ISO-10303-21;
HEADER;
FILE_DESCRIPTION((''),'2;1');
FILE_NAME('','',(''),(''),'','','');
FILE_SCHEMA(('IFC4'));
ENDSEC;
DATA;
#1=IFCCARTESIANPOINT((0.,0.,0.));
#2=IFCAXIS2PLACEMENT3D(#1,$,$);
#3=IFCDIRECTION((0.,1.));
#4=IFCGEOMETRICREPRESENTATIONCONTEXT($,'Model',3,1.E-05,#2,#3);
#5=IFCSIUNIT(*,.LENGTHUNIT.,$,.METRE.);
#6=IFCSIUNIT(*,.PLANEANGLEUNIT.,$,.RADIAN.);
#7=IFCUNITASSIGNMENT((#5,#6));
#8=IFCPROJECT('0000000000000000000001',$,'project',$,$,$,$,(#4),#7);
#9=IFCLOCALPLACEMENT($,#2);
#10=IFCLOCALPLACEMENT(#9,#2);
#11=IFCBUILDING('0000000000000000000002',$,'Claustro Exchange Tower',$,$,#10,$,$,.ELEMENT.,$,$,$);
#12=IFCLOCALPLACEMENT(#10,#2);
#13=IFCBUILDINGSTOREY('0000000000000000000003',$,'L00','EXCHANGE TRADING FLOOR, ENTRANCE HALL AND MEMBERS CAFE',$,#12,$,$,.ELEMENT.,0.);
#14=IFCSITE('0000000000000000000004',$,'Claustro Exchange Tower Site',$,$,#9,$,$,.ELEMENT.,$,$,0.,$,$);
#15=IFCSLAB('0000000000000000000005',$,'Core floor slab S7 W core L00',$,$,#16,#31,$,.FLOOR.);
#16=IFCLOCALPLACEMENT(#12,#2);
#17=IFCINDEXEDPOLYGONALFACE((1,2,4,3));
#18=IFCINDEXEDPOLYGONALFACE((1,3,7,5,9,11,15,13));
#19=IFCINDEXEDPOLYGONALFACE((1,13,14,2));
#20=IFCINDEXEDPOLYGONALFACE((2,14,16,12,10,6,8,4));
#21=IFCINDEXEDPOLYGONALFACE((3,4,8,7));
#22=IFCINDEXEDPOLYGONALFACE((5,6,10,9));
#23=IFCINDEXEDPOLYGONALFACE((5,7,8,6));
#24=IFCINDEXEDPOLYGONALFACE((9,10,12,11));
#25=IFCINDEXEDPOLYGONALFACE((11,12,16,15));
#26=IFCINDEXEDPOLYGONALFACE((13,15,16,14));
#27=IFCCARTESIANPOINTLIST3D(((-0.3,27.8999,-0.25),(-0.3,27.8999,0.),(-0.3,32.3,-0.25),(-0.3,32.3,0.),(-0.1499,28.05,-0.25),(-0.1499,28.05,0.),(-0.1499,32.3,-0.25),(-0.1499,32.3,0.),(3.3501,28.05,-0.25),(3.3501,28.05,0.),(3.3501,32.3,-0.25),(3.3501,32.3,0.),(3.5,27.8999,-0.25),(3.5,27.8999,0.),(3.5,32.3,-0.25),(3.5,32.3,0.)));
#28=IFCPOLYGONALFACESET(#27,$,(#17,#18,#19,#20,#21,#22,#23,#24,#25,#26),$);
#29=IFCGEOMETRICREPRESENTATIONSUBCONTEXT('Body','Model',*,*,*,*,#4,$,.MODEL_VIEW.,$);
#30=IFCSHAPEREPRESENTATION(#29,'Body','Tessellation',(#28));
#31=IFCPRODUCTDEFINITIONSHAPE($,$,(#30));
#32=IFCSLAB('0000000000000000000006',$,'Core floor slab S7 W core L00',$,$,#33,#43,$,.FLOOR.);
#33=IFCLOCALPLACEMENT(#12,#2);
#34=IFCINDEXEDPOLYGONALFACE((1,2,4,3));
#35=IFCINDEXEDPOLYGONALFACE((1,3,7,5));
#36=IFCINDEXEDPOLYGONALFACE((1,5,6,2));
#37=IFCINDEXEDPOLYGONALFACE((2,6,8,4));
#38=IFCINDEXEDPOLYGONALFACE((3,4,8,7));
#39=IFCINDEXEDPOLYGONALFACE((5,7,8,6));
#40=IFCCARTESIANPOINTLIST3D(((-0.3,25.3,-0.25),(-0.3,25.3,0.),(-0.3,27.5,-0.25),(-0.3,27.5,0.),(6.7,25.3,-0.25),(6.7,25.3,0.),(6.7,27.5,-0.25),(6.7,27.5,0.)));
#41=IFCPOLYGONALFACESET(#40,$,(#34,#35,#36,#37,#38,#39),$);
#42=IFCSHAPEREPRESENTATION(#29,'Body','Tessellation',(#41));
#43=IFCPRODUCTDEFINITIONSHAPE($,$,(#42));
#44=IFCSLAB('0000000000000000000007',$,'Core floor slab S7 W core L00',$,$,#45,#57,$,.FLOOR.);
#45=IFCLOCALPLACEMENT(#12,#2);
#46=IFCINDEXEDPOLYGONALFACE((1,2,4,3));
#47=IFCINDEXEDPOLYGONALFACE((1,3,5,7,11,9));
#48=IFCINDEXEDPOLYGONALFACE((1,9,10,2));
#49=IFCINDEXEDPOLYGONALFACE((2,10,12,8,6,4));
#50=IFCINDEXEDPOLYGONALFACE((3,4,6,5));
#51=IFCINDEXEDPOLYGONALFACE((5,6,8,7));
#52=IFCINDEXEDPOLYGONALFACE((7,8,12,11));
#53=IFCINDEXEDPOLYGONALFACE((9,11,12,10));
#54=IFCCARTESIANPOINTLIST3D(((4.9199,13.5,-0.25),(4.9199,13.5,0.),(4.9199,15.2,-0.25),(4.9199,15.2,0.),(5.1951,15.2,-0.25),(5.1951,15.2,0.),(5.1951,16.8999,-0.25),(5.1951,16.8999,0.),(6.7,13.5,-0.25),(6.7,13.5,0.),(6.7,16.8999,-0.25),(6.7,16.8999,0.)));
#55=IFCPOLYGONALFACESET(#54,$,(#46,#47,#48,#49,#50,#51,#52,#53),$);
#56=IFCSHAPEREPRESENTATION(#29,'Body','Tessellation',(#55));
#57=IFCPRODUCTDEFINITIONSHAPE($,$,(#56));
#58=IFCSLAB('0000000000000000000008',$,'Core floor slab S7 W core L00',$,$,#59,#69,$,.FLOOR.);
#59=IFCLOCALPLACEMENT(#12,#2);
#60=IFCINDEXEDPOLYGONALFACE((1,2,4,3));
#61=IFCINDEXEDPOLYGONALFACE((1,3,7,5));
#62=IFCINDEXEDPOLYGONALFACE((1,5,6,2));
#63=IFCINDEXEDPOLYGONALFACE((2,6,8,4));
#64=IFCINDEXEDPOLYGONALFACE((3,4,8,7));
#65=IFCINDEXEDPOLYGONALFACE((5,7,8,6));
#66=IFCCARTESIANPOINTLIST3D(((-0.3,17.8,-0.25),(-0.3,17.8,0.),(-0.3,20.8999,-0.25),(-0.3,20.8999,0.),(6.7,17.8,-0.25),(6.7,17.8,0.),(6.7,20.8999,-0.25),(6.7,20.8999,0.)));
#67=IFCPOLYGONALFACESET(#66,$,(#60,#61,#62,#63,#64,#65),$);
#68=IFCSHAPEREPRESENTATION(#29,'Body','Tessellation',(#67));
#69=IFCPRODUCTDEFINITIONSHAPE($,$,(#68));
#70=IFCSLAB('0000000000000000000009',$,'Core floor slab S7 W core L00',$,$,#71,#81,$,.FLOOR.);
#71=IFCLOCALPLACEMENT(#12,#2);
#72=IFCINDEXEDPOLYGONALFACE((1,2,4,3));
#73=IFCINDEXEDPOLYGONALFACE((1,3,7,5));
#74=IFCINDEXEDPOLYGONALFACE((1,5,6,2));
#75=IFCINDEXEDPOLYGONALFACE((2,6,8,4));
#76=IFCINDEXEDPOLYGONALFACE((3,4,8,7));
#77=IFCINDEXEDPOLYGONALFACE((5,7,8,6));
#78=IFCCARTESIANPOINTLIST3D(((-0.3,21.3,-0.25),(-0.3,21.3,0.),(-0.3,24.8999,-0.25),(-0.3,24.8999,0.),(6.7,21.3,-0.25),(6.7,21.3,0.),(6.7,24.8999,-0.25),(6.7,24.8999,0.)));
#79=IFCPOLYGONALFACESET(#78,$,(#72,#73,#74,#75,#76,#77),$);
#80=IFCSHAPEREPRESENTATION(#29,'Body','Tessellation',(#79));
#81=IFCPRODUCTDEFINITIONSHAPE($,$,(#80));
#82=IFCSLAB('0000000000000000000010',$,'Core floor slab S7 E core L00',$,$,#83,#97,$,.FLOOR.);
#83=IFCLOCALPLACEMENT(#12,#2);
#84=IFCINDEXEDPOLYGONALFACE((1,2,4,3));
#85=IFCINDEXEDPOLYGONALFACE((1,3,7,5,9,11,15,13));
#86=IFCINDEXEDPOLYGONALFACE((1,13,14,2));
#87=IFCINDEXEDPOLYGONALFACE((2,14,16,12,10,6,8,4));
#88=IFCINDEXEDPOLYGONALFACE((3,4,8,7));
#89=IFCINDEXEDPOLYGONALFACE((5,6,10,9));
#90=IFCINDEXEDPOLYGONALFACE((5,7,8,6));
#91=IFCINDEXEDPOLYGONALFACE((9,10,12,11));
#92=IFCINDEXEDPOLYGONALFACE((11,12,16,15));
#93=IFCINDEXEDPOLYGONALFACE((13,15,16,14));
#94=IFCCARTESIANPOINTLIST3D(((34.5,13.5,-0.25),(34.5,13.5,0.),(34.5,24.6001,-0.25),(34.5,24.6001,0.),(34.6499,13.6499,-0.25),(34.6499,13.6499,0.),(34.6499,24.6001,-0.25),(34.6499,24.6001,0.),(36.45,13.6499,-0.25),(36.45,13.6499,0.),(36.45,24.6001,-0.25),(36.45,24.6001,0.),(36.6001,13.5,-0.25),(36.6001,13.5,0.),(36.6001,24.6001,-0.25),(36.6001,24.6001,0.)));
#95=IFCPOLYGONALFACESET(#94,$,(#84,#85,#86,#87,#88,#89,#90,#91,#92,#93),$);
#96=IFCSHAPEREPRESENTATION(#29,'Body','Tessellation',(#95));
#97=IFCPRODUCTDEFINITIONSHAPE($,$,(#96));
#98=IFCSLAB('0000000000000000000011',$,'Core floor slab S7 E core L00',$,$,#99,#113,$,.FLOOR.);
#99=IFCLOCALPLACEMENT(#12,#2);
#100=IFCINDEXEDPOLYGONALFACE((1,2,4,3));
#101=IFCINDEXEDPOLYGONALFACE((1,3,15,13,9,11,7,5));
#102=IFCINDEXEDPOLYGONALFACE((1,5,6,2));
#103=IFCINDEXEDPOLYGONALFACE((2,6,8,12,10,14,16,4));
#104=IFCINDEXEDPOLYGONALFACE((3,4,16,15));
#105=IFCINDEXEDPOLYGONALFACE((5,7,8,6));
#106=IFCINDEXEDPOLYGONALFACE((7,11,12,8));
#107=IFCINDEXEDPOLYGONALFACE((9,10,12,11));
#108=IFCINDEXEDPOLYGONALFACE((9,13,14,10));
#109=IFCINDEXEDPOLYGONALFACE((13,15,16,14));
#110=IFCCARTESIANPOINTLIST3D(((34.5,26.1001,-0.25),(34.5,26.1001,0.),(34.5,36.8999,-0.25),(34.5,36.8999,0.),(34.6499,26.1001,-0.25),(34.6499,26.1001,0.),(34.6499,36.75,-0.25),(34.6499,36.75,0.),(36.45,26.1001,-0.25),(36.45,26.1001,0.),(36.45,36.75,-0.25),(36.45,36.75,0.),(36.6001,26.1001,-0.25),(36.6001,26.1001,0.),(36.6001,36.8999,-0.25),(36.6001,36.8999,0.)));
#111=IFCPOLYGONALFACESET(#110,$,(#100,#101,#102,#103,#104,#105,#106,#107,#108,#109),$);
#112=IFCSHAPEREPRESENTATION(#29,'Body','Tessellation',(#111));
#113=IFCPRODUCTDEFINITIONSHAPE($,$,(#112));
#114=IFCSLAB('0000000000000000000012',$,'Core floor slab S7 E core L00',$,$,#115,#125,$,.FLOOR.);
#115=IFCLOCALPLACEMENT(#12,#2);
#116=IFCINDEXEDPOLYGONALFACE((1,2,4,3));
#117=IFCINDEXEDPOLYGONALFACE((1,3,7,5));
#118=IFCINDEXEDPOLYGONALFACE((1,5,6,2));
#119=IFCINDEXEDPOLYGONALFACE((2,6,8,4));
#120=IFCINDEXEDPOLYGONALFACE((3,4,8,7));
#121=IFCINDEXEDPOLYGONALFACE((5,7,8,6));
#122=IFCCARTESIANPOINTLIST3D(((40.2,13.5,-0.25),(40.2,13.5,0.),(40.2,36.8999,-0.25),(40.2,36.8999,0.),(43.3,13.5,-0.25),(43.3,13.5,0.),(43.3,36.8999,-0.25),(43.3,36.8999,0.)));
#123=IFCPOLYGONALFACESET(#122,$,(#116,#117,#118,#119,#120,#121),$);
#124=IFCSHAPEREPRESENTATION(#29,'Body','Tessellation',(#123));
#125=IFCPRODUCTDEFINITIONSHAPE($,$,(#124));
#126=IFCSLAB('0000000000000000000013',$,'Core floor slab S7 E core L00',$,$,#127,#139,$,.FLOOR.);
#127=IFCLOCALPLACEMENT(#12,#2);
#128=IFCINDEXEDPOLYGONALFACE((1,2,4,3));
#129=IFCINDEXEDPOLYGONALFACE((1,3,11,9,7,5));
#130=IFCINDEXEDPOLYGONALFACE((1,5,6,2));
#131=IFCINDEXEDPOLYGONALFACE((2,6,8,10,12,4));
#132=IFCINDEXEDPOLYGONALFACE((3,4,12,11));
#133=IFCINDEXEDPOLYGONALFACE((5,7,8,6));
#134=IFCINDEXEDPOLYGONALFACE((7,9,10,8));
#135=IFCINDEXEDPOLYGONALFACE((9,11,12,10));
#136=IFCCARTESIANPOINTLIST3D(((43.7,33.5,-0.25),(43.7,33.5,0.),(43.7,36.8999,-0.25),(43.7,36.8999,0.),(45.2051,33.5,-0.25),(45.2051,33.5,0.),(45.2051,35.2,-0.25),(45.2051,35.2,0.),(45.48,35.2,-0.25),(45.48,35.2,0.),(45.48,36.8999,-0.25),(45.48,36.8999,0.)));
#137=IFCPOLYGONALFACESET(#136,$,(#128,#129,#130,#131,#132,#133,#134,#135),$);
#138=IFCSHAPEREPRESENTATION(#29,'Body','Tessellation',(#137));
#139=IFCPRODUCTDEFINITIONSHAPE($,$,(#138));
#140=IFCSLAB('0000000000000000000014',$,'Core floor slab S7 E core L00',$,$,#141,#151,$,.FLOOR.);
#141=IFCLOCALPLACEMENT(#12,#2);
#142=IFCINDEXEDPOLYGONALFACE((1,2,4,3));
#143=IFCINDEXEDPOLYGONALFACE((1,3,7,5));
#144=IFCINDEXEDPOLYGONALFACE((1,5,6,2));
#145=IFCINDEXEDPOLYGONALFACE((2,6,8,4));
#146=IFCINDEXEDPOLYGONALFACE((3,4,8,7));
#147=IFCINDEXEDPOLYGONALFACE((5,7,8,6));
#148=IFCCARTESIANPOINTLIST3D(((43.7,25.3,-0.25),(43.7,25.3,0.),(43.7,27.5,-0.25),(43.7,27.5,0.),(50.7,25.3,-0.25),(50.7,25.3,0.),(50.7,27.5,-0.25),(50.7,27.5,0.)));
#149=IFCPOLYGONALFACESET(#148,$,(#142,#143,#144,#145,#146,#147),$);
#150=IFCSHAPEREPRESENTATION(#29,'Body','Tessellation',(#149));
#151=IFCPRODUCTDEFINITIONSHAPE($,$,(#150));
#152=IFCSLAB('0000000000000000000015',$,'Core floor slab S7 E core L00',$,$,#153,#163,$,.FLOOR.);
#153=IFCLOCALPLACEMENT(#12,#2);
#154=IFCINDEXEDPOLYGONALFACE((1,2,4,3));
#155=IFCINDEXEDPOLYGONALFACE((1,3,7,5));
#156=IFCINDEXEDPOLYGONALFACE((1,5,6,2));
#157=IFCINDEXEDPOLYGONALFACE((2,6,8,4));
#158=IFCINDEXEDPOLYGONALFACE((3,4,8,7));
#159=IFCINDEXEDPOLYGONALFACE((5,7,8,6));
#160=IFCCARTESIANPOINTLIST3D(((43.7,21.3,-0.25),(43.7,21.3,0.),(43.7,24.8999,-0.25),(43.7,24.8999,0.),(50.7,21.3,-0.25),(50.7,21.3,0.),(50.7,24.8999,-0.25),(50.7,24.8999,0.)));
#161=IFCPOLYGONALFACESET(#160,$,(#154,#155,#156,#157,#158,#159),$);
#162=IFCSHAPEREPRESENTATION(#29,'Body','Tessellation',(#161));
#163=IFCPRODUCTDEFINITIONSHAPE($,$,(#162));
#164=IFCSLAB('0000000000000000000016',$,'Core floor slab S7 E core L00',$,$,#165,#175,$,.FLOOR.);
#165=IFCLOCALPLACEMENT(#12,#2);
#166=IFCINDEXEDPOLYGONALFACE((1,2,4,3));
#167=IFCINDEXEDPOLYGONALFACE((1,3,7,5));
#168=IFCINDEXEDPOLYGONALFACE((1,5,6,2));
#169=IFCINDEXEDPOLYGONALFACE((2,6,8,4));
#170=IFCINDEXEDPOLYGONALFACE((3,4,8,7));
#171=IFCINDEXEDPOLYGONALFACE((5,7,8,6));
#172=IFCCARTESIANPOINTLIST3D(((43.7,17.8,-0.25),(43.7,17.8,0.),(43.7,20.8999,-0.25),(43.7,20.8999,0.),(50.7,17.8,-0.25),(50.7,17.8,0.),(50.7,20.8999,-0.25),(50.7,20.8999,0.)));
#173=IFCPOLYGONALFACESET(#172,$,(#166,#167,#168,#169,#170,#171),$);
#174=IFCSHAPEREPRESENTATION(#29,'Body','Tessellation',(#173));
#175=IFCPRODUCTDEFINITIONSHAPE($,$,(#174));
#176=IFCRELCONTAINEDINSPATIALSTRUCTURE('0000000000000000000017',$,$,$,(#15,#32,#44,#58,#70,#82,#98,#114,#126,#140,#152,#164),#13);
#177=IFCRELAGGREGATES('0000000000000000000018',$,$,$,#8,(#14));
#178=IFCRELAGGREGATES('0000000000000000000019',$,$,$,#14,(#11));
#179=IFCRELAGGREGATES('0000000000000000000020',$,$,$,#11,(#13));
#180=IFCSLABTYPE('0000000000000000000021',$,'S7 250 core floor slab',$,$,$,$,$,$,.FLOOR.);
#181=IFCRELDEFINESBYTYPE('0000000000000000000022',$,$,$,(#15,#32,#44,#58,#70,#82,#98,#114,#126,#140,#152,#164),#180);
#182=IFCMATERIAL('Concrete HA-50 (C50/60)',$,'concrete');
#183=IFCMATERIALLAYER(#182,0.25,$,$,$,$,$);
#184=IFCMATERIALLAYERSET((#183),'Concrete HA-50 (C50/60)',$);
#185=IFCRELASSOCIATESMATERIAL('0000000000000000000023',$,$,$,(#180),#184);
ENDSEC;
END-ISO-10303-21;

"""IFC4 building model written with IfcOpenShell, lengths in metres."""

from ifc_helpers import new_model, si_unit, direction, frame, origin, place, context, subcontext, project, spatial, polyline, outline, extrude, material, layer, layer_set, type_object, element, save


model = new_model("IFC4")

# Units and contexts
model_context = context("Model", 3, precision=1e-05, world=origin(), true_north=direction((0.0, 1.0)))
body_context = subcontext(model_context, "Body", "Model", "MODEL_VIEW")
ifc_project = project(units=[si_unit("LENGTHUNIT", "METRE"), si_unit("PLANEANGLEUNIT", "RADIAN")], contexts=[model_context])

# Site, building, storey
site_placement = place(None, origin())
site = spatial("IfcSite", under=ifc_project, at=site_placement, Name="Claustro Exchange Tower Site", CompositionType="ELEMENT", RefElevation=0.0)
building_placement = place(site_placement, origin())
building = spatial("IfcBuilding", under=site, at=building_placement, Name="Claustro Exchange Tower", CompositionType="ELEMENT")
storey_placement = place(building_placement, origin())
storey = spatial("IfcBuildingStorey", under=building, at=storey_placement, Name="L00", Description="EXCHANGE TRADING FLOOR, ENTRANCE HALL AND MEMBERS CAFE", CompositionType="ELEMENT", Elevation=0.0)

# Slabs
ifc_material_1 = material(Name="Concrete HA-50 (C50/60)", Category="concrete")
ifc_layer_1 = layer(ifc_material_1, 0.25)
ifc_layer_set_1 = layer_set([ifc_layer_1], Name="Concrete HA-50 (C50/60)")
slab_type_1 = type_object("IfcSlabType", Name="S7 250 core floor slab", PredefinedType="FLOOR", material=ifc_layer_set_1)
slab_1_placement = place(storey_placement, frame((0.0, 0.0, -0.25)))
element("IfcSlab", 1, at=slab_1_placement, inside=storey, type_object=slab_type_1, Name="Core floor slab S7 W core L00", PredefinedType="FLOOR", context=body_context, shape_type="SweptSolid", body=[
    extrude(outline(polyline([(-0.1499, 32.3), (-0.3, 32.3), (-0.3, 27.8999), (3.5, 27.8999), (3.5, 32.3), (3.3501, 32.3), (3.3501, 28.05), (-0.1499, 28.05), (-0.1499, 32.3)])), origin(), (0.0, 0.0, 1.0), 0.25),
])
slab_2_placement = place(storey_placement, frame((0.0, 0.0, -0.25)))
element("IfcSlab", 2, at=slab_2_placement, inside=storey, type_object=slab_type_1, Name="Core floor slab S7 W core L00", PredefinedType="FLOOR", context=body_context, shape_type="SweptSolid", body=[
    extrude(outline(polyline([(6.7, 27.5), (-0.3, 27.5), (-0.3, 25.3), (6.7, 25.3), (6.7, 27.5)])), origin(), (0.0, 0.0, 1.0), 0.25),
])
slab_3_placement = place(storey_placement, frame((0.0, 0.0, -0.25)))
element("IfcSlab", 3, at=slab_3_placement, inside=storey, type_object=slab_type_1, Name="Core floor slab S7 W core L00", PredefinedType="FLOOR", context=body_context, shape_type="SweptSolid", body=[
    extrude(outline(polyline([(4.9199, 13.5), (6.7, 13.5), (6.7, 16.8999), (5.1951, 16.8999), (5.1951, 15.2), (4.9199, 15.2), (4.9199, 13.5)])), origin(), (0.0, 0.0, 1.0), 0.25),
])
slab_4_placement = place(storey_placement, frame((0.0, 0.0, -0.25)))
element("IfcSlab", 4, at=slab_4_placement, inside=storey, type_object=slab_type_1, Name="Core floor slab S7 W core L00", PredefinedType="FLOOR", context=body_context, shape_type="SweptSolid", body=[
    extrude(outline(polyline([(-0.3, 17.8), (6.7, 17.8), (6.7, 20.8999), (-0.3, 20.8999), (-0.3, 17.8)])), origin(), (0.0, 0.0, 1.0), 0.25),
])
slab_5_placement = place(storey_placement, frame((0.0, 0.0, -0.25)))
element("IfcSlab", 5, at=slab_5_placement, inside=storey, type_object=slab_type_1, Name="Core floor slab S7 W core L00", PredefinedType="FLOOR", context=body_context, shape_type="SweptSolid", body=[
    extrude(outline(polyline([(-0.3, 21.3), (6.7, 21.3), (6.7, 24.8999), (-0.3, 24.8999), (-0.3, 21.3)])), origin(), (0.0, 0.0, 1.0), 0.25),
])
slab_6_placement = place(storey_placement, frame((0.0, 0.0, -0.25)))
element("IfcSlab", 6, at=slab_6_placement, inside=storey, type_object=slab_type_1, Name="Core floor slab S7 E core L00", PredefinedType="FLOOR", context=body_context, shape_type="SweptSolid", body=[
    extrude(outline(polyline([(34.5, 24.6001), (34.5, 13.5), (36.6001, 13.5), (36.6001, 24.6001), (36.45, 24.6001), (36.45, 13.6499), (34.6499, 13.6499), (34.6499, 24.6001), (34.5, 24.6001)])), origin(), (0.0, 0.0, 1.0), 0.25),
])
slab_7_placement = place(storey_placement, frame((0.0, 0.0, -0.25)))
element("IfcSlab", 7, at=slab_7_placement, inside=storey, type_object=slab_type_1, Name="Core floor slab S7 E core L00", PredefinedType="FLOOR", context=body_context, shape_type="SweptSolid", body=[
    extrude(outline(polyline([(36.6001, 26.1001), (36.6001, 36.8999), (34.5, 36.8999), (34.5, 26.1001), (34.6499, 26.1001), (34.6499, 36.75), (36.45, 36.75), (36.45, 26.1001), (36.6001, 26.1001)])), origin(), (0.0, 0.0, 1.0), 0.25),
])
slab_8_placement = place(storey_placement, frame((0.0, 0.0, -0.25)))
element("IfcSlab", 8, at=slab_8_placement, inside=storey, type_object=slab_type_1, Name="Core floor slab S7 E core L00", PredefinedType="FLOOR", context=body_context, shape_type="SweptSolid", body=[
    extrude(outline(polyline([(43.3, 13.5), (43.3, 36.8999), (40.2, 36.8999), (40.2, 13.5), (43.3, 13.5)])), origin(), (0.0, 0.0, 1.0), 0.25),
])
slab_9_placement = place(storey_placement, frame((0.0, 0.0, -0.25)))
element("IfcSlab", 9, at=slab_9_placement, inside=storey, type_object=slab_type_1, Name="Core floor slab S7 E core L00", PredefinedType="FLOOR", context=body_context, shape_type="SweptSolid", body=[
    extrude(outline(polyline([(45.48, 36.8999), (43.7, 36.8999), (43.7, 33.5), (45.2051, 33.5), (45.2051, 35.2), (45.48, 35.2), (45.48, 36.8999)])), origin(), (0.0, 0.0, 1.0), 0.25),
])
slab_10_placement = place(storey_placement, frame((0.0, 0.0, -0.25)))
element("IfcSlab", 10, at=slab_10_placement, inside=storey, type_object=slab_type_1, Name="Core floor slab S7 E core L00", PredefinedType="FLOOR", context=body_context, shape_type="SweptSolid", body=[
    extrude(outline(polyline([(50.7, 27.5), (43.7, 27.5), (43.7, 25.3), (50.7, 25.3), (50.7, 27.5)])), origin(), (0.0, 0.0, 1.0), 0.25),
])
slab_11_placement = place(storey_placement, frame((0.0, 0.0, -0.25)))
element("IfcSlab", 11, at=slab_11_placement, inside=storey, type_object=slab_type_1, Name="Core floor slab S7 E core L00", PredefinedType="FLOOR", context=body_context, shape_type="SweptSolid", body=[
    extrude(outline(polyline([(50.7, 21.3), (50.7, 24.8999), (43.7, 24.8999), (43.7, 21.3), (50.7, 21.3)])), origin(), (0.0, 0.0, 1.0), 0.25),
])
slab_12_placement = place(storey_placement, frame((0.0, 0.0, -0.25)))
element("IfcSlab", 12, at=slab_12_placement, inside=storey, type_object=slab_type_1, Name="Core floor slab S7 E core L00", PredefinedType="FLOOR", context=body_context, shape_type="SweptSolid", body=[
    extrude(outline(polyline([(50.7, 17.8), (50.7, 20.8999), (43.7, 20.8999), (43.7, 17.8), (50.7, 17.8)])), origin(), (0.0, 0.0, 1.0), 0.25),
])

save(model, "model.ifc")
